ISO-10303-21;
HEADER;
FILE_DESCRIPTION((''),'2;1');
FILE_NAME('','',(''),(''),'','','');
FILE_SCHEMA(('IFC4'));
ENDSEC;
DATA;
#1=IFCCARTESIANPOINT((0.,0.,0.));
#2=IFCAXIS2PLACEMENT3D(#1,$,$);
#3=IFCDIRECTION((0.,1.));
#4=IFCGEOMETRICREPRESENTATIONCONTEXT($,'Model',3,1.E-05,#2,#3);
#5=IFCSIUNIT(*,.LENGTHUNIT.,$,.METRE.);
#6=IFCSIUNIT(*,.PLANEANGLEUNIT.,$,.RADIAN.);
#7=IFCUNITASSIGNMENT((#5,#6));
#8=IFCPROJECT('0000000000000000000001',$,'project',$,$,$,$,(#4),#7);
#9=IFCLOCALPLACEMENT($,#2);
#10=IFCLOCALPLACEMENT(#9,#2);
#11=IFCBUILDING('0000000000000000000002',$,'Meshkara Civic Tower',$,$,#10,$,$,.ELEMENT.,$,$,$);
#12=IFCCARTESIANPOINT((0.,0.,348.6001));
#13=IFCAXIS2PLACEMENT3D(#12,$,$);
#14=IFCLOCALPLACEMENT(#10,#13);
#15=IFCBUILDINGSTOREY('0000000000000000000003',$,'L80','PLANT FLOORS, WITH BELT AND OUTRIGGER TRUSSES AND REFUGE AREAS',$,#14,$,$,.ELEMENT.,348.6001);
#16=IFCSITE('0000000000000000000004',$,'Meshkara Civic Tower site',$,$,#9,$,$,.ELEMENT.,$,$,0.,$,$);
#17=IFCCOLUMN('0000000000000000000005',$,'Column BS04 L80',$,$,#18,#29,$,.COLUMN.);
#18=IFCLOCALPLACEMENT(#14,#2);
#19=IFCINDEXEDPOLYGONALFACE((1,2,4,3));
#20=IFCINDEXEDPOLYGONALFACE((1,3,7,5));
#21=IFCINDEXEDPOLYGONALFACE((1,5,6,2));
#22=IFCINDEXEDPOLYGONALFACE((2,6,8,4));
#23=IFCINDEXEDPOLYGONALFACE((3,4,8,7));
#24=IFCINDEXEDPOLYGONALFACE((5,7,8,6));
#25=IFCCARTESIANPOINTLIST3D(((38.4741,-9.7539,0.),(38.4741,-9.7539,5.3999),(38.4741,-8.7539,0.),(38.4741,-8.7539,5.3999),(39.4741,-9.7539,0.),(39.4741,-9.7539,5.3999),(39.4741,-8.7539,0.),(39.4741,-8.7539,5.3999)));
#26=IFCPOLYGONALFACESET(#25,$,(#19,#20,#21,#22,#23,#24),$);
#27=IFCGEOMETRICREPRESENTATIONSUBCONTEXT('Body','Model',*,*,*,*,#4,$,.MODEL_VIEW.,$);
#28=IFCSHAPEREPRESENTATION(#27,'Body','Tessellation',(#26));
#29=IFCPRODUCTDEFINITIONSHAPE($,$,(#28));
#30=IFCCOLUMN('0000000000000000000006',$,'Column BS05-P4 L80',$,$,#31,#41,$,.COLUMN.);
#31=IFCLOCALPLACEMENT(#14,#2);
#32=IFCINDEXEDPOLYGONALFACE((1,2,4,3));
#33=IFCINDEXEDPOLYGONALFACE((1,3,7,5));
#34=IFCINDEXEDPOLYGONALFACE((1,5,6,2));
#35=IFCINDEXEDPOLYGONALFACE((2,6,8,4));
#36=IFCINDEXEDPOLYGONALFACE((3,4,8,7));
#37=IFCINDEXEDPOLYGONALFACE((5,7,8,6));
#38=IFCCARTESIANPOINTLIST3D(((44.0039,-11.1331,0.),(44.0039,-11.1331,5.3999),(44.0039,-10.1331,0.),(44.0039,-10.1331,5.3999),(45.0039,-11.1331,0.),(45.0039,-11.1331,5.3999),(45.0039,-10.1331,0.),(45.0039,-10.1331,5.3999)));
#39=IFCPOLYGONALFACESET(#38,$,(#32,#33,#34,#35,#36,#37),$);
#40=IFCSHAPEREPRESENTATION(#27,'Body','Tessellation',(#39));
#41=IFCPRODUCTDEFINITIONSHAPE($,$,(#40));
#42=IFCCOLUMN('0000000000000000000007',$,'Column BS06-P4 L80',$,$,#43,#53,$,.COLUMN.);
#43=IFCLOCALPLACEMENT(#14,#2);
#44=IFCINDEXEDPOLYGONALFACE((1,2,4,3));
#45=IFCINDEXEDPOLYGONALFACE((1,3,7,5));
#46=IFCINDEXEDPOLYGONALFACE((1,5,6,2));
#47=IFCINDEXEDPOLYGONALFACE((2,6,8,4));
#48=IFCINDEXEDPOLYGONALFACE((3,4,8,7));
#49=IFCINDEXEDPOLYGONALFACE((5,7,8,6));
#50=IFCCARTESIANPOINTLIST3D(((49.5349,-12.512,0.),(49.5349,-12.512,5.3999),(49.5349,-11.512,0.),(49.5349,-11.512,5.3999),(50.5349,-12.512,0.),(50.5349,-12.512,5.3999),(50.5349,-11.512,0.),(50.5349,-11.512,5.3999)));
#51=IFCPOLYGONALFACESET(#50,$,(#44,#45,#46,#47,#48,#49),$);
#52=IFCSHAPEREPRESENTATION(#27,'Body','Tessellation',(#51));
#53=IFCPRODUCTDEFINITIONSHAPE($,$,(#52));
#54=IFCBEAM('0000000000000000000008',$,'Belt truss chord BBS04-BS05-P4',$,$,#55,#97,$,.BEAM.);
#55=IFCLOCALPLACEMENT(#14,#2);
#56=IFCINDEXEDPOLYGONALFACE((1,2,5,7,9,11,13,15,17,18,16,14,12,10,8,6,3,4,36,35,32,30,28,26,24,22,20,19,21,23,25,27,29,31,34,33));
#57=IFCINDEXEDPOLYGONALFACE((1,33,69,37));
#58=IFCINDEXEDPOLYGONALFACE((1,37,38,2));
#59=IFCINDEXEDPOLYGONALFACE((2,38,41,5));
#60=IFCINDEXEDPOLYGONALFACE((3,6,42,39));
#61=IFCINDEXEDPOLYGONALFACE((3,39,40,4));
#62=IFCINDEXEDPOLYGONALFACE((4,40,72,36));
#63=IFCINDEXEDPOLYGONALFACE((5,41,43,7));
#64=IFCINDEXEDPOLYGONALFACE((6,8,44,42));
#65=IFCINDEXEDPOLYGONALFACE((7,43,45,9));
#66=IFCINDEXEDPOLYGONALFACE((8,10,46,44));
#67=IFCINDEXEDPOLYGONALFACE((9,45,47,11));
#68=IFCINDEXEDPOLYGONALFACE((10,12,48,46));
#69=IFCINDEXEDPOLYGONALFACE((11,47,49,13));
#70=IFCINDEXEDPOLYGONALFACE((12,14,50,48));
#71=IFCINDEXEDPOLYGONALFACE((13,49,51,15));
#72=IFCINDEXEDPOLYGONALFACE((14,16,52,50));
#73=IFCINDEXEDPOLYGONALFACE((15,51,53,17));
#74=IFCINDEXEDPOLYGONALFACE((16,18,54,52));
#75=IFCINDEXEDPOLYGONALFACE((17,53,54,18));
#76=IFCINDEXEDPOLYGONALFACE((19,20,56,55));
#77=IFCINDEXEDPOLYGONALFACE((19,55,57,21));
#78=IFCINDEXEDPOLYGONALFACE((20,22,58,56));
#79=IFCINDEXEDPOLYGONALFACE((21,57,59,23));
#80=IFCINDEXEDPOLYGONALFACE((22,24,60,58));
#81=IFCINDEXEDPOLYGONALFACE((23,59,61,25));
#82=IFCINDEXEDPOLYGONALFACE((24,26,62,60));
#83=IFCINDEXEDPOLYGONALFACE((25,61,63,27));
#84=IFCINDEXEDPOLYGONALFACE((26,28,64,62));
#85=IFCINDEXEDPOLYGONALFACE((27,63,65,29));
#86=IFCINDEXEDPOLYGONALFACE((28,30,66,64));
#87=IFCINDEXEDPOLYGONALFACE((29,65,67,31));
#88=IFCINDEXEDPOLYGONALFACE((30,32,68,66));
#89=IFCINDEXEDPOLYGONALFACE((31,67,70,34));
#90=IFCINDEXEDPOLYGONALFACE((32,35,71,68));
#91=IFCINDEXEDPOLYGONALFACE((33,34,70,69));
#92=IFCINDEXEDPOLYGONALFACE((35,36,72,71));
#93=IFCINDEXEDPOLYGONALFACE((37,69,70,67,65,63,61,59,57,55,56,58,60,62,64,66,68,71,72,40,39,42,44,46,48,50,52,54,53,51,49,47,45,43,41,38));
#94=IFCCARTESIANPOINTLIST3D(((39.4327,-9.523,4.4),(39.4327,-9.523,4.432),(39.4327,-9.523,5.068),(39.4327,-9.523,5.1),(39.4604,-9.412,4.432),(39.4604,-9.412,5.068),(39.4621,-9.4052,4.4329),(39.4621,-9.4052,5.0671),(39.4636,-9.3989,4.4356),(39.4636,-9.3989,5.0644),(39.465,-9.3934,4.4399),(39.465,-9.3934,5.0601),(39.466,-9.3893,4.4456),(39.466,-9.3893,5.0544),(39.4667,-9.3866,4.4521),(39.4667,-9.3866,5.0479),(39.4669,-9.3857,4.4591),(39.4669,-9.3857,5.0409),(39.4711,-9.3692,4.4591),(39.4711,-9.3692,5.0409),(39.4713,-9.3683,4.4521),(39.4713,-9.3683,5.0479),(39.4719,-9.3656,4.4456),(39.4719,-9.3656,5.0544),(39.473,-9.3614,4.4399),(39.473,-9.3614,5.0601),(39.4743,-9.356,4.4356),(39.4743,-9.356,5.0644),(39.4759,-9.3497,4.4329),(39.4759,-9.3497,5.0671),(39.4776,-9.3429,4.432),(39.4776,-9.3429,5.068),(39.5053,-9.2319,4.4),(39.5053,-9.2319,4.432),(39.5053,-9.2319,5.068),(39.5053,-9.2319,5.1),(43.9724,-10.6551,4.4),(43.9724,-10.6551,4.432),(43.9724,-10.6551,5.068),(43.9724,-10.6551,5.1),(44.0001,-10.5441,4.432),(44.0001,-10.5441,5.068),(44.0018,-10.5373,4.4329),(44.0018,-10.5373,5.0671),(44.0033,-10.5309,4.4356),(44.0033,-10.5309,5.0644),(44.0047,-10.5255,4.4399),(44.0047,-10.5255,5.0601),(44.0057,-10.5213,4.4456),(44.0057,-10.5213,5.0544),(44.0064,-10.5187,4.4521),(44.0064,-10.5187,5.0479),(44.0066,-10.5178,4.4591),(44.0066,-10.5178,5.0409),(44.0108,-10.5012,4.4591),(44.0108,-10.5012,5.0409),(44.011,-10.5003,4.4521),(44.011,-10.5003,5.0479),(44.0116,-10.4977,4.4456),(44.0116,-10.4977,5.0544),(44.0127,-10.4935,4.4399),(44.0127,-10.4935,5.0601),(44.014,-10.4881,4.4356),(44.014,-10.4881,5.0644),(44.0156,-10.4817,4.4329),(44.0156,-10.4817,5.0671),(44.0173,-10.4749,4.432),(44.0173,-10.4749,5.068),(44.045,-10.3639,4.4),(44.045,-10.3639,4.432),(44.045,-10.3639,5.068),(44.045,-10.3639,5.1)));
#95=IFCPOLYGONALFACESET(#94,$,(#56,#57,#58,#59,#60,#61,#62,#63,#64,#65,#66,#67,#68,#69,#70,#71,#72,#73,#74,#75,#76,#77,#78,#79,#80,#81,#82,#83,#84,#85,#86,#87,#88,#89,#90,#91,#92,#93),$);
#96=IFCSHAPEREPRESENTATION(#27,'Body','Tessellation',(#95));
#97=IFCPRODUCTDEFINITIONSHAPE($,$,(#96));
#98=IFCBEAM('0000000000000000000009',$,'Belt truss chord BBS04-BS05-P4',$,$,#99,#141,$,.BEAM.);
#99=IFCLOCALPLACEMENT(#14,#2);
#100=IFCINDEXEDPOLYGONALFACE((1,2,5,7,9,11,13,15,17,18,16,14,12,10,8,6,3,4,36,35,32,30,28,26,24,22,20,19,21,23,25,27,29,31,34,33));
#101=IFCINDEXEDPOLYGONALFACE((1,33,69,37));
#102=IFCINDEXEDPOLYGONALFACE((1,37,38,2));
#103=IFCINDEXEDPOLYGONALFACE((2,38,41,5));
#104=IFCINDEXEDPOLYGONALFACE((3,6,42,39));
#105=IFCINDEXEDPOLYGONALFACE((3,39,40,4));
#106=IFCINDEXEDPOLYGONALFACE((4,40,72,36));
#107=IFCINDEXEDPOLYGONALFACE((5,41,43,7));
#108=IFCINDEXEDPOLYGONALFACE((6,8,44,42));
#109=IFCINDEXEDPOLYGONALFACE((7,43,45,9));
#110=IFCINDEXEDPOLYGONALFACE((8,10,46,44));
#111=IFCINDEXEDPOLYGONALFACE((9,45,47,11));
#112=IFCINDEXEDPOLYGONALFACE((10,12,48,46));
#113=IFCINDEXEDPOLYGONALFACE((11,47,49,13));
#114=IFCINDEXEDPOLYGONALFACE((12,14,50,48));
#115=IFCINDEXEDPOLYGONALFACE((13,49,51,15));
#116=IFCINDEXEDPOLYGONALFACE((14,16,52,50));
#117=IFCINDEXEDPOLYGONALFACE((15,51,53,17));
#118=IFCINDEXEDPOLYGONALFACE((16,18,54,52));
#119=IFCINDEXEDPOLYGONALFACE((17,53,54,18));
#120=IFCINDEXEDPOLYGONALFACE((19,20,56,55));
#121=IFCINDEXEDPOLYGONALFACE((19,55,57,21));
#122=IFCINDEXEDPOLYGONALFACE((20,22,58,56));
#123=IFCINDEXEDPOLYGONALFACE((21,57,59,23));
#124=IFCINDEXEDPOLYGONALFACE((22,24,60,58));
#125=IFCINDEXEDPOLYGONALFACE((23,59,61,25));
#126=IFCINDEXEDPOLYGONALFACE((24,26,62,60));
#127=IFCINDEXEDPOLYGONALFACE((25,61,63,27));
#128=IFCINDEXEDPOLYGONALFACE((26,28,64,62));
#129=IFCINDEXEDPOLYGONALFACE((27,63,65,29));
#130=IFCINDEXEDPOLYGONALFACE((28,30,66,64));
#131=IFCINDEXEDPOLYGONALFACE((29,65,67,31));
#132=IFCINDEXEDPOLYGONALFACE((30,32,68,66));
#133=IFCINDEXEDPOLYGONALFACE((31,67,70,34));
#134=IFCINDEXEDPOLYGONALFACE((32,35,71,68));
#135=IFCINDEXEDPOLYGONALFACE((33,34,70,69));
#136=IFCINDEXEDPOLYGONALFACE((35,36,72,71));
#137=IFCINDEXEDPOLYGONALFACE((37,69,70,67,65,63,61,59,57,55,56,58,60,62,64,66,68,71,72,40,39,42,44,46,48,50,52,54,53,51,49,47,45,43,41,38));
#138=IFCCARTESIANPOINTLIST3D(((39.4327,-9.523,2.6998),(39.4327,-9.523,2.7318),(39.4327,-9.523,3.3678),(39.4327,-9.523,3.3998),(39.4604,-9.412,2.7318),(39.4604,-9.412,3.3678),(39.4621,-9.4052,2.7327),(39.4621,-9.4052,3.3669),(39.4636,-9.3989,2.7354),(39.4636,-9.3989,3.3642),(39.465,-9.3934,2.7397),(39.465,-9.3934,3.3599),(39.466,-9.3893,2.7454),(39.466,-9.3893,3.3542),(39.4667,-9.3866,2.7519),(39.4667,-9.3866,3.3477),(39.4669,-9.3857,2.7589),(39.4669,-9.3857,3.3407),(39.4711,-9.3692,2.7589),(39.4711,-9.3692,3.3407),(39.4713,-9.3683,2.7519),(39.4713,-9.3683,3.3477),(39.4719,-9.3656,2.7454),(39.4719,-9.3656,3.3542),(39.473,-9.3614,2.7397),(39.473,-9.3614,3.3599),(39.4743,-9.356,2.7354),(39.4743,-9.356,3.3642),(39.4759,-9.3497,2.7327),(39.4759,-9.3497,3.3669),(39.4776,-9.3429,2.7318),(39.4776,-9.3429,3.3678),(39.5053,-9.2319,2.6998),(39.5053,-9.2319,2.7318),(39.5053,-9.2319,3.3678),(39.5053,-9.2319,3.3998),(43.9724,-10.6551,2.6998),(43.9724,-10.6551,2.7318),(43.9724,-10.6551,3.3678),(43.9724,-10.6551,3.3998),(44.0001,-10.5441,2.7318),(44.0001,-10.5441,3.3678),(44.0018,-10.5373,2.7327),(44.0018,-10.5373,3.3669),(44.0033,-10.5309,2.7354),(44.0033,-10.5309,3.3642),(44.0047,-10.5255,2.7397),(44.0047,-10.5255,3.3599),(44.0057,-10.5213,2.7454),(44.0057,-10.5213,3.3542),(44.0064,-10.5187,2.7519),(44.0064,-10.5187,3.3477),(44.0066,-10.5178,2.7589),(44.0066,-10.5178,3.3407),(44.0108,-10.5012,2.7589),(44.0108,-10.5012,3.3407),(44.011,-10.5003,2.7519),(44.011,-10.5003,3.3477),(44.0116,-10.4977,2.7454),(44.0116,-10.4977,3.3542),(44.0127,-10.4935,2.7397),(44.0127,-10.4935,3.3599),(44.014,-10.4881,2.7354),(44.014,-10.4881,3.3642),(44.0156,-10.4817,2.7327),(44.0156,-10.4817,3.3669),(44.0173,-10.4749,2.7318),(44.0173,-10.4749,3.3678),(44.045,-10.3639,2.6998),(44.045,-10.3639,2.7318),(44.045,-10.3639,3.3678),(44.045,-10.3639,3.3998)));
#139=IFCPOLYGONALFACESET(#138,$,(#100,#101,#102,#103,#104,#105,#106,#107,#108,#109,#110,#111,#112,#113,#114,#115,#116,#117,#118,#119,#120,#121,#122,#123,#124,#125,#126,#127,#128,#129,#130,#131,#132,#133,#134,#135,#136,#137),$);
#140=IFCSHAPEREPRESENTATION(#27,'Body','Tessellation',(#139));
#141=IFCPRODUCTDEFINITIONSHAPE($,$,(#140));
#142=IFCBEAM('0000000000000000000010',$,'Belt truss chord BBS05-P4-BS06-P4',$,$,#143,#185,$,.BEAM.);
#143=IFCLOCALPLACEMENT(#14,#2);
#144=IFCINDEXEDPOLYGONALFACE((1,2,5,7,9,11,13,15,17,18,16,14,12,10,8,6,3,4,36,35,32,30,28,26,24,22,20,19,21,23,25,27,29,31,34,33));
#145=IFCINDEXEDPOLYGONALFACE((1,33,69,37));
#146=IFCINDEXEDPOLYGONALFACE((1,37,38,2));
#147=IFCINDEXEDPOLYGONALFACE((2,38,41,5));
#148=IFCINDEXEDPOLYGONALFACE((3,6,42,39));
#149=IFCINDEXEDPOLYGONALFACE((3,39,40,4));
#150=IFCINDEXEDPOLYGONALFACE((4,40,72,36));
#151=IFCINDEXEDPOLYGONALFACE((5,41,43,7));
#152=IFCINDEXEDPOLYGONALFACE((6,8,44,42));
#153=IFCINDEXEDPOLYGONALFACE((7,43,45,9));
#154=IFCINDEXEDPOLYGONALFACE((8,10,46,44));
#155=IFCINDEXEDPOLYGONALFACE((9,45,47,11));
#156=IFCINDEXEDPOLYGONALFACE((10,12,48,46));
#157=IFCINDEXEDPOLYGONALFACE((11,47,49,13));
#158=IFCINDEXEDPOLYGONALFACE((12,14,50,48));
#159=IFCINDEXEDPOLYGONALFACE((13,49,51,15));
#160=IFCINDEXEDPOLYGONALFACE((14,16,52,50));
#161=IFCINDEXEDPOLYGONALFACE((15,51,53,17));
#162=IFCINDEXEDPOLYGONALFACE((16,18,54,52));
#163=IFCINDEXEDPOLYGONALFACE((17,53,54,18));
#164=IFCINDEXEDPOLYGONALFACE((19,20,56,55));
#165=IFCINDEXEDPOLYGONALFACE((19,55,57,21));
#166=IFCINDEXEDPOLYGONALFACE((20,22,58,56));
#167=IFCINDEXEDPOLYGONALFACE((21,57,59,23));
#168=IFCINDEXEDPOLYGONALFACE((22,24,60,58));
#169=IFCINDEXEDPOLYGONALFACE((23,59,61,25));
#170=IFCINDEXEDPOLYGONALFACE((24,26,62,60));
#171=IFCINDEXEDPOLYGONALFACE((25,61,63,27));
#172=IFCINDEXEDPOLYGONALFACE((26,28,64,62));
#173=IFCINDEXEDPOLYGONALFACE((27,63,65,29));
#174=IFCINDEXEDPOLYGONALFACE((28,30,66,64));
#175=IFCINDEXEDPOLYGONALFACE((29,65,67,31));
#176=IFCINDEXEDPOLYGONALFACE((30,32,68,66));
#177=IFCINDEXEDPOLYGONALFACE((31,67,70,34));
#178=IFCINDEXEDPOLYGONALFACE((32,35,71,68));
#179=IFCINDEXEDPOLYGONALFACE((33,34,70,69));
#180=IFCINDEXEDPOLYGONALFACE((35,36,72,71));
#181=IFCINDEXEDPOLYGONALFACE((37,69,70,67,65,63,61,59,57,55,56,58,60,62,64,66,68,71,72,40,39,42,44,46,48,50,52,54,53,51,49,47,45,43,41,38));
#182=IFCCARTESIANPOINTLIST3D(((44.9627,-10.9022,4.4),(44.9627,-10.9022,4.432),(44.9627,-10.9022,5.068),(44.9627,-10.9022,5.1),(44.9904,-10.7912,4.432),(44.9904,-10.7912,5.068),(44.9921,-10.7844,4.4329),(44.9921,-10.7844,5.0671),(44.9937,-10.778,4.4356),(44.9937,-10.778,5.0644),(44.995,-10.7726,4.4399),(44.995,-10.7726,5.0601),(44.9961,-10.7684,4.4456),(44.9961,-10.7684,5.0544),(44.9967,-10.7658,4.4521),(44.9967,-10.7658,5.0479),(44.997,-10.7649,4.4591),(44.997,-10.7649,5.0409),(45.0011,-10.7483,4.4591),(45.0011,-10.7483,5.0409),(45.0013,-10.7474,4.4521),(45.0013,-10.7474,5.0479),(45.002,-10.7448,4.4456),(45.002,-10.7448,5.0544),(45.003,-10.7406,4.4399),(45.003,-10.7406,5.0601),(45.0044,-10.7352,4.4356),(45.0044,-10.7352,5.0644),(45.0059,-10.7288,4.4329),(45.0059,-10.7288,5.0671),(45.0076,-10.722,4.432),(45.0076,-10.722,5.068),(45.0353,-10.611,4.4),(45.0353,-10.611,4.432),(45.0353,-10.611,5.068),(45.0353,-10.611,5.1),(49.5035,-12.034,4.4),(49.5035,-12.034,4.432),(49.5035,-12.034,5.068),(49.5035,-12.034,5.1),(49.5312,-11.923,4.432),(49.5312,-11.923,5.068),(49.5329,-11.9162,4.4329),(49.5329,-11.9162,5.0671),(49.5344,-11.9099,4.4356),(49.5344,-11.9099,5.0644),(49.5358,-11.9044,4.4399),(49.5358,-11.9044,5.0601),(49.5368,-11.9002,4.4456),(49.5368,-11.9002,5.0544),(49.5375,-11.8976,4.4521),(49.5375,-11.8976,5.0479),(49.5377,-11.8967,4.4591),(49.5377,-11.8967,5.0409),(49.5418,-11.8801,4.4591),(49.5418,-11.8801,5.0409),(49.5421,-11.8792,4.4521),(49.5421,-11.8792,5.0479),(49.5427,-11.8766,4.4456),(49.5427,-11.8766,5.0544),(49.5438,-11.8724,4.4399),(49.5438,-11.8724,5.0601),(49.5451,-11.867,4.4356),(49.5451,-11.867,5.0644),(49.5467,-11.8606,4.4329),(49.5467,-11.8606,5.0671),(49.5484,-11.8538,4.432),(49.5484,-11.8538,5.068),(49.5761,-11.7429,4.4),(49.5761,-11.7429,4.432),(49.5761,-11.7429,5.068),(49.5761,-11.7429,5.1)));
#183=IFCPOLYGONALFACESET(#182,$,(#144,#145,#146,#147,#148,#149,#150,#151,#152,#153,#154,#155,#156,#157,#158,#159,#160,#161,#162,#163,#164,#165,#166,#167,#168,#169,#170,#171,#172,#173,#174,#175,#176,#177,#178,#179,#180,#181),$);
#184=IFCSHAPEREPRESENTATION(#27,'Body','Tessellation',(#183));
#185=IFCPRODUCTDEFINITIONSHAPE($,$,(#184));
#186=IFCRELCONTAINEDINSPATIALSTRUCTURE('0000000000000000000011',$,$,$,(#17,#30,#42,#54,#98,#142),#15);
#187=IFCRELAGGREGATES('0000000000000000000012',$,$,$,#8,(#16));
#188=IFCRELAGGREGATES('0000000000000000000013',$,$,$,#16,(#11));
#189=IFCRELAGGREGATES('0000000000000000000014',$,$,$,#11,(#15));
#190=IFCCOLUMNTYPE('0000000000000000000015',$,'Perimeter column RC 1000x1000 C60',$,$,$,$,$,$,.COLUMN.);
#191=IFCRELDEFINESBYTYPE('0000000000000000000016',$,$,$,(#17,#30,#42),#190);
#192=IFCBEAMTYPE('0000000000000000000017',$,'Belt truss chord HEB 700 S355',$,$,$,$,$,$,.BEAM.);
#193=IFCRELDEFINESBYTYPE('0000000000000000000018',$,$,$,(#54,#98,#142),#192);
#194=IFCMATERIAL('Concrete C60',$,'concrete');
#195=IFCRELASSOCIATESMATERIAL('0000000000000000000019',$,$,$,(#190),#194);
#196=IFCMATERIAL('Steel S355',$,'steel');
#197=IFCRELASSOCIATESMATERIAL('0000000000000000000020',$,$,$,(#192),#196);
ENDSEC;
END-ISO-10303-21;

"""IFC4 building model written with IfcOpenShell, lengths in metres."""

from ifc_helpers import new_model, si_unit, direction, frame, origin, origin_2d, place, context, subcontext, project, spatial, rectangle, i_section, extrude, material, material_profile, profile_set, type_object, element, save


model = new_model("IFC4")

# Units and contexts
model_context = context("Model", 3, precision=1e-05, world=origin(), true_north=direction((0.0, 1.0)))
body_context = subcontext(model_context, "Body", "Model", "MODEL_VIEW")
ifc_project = project(units=[si_unit("LENGTHUNIT", "METRE"), si_unit("PLANEANGLEUNIT", "RADIAN")], contexts=[model_context])

# Site, building, storey
site_placement = place(None, origin())
site = spatial("IfcSite", under=ifc_project, at=site_placement, Name="Meshkara Civic Tower site", CompositionType="ELEMENT", RefElevation=0.0)
building_placement = place(site_placement, origin())
building = spatial("IfcBuilding", under=site, at=building_placement, Name="Meshkara Civic Tower", CompositionType="ELEMENT")
storey_placement = place(building_placement, frame((0.0, 0.0, 348.6001)))
storey = spatial("IfcBuildingStorey", under=building, at=storey_placement, Name="L80", Description="PLANT FLOORS, WITH BELT AND OUTRIGGER TRUSSES AND REFUGE AREAS", CompositionType="ELEMENT", Elevation=348.6001)

# Columns
ifc_material_1 = material(Name="Concrete C60", Category="concrete")
ifc_material_profile_1 = material_profile(ifc_material_1, rectangle(XDim=1.0, YDim=1.0, at=origin_2d()))
ifc_profile_set_1 = profile_set([ifc_material_profile_1], Name="Concrete C60")
column_type = type_object("IfcColumnType", Name="Perimeter column RC 1000x1000 C60", PredefinedType="COLUMN", material=ifc_profile_set_1)
for number, where, z_axis, x_axis, name in (
    (1, (38.9741, -9.2539, 0.0), (0.0, 0.0, 1.0), (1.0, 0.0, 0.0), "Column BS04 L80"),
    (2, (44.5039, -10.6331, 0.0), (0.0, 0.0, 1.0), (1.0, 0.0, 0.0), "Column BS05-P4 L80"),
    (3, (50.0349, -12.012, 0.0), (0.0, 0.0, 1.0), (1.0, 0.0, 0.0), "Column BS06-P4 L80"),
):
    element("IfcColumn", number, at=place(storey_placement, frame(where, z_axis=z_axis, x_axis=x_axis)), inside=storey, type_object=column_type, Name=name, PredefinedType="COLUMN", context=body_context, shape_type="SweptSolid", body=[
        extrude(rectangle(XDim=1.0, YDim=1.0, at=origin_2d()), origin(), (0.0, 0.0, 1.0), 5.3999),
    ])

# Beams
ifc_material_2 = material(Name="Steel S355", Category="steel")
ifc_material_profile_2 = material_profile(ifc_material_2, i_section(OverallWidth=0.3, OverallDepth=0.7, WebThickness=0.0171, FlangeThickness=0.032, FilletRadius=0.0271, at=origin_2d()))
ifc_profile_set_2 = profile_set([ifc_material_profile_2], Name="Steel S355")
beam_type = type_object("IfcBeamType", Name="Belt truss chord HEB 700 S355", PredefinedType="BEAM", material=ifc_profile_set_2)
for number, where, z_axis, x_axis, name in (
    (4, (39.469, -9.3774, 4.75), (0.970287, -0.241959, 0.0), (0.241959, 0.970287, 0.0), "Belt truss chord BBS04-BS05-P4"),
    (5, (39.469, -9.3774, 3.0498), (0.970287, -0.241959, 0.0), (0.241959, 0.970287, 0.0), "Belt truss chord BBS04-BS05-P4"),
):
    element("IfcBeam", number, at=place(storey_placement, frame(where, z_axis=z_axis, x_axis=x_axis)), inside=storey, type_object=beam_type, Name=name, PredefinedType="BEAM", context=body_context, shape_type="SweptSolid", body=[
        extrude(i_section(OverallWidth=0.3, OverallDepth=0.7, WebThickness=0.0171, FlangeThickness=0.032, FilletRadius=0.0271, at=origin_2d()), origin(), (0.0, 0.0, 1.0), 4.6787),
    ])
for number, where, z_axis, x_axis, name in (
    (6, (44.999, -10.7566, 4.75), (0.970311, -0.24186, 0.0), (0.24186, 0.970311, 0.0), "Belt truss chord BBS05-P4-BS06-P4"),
):
    element("IfcBeam", number, at=place(storey_placement, frame(where, z_axis=z_axis, x_axis=x_axis)), inside=storey, type_object=beam_type, Name=name, PredefinedType="BEAM", context=body_context, shape_type="SweptSolid", body=[
        extrude(i_section(OverallWidth=0.3, OverallDepth=0.7, WebThickness=0.0171, FlangeThickness=0.032, FilletRadius=0.0271, at=origin_2d()), origin(), (0.0, 0.0, 1.0), 4.6797),
    ])

save(model, "model.ifc")
